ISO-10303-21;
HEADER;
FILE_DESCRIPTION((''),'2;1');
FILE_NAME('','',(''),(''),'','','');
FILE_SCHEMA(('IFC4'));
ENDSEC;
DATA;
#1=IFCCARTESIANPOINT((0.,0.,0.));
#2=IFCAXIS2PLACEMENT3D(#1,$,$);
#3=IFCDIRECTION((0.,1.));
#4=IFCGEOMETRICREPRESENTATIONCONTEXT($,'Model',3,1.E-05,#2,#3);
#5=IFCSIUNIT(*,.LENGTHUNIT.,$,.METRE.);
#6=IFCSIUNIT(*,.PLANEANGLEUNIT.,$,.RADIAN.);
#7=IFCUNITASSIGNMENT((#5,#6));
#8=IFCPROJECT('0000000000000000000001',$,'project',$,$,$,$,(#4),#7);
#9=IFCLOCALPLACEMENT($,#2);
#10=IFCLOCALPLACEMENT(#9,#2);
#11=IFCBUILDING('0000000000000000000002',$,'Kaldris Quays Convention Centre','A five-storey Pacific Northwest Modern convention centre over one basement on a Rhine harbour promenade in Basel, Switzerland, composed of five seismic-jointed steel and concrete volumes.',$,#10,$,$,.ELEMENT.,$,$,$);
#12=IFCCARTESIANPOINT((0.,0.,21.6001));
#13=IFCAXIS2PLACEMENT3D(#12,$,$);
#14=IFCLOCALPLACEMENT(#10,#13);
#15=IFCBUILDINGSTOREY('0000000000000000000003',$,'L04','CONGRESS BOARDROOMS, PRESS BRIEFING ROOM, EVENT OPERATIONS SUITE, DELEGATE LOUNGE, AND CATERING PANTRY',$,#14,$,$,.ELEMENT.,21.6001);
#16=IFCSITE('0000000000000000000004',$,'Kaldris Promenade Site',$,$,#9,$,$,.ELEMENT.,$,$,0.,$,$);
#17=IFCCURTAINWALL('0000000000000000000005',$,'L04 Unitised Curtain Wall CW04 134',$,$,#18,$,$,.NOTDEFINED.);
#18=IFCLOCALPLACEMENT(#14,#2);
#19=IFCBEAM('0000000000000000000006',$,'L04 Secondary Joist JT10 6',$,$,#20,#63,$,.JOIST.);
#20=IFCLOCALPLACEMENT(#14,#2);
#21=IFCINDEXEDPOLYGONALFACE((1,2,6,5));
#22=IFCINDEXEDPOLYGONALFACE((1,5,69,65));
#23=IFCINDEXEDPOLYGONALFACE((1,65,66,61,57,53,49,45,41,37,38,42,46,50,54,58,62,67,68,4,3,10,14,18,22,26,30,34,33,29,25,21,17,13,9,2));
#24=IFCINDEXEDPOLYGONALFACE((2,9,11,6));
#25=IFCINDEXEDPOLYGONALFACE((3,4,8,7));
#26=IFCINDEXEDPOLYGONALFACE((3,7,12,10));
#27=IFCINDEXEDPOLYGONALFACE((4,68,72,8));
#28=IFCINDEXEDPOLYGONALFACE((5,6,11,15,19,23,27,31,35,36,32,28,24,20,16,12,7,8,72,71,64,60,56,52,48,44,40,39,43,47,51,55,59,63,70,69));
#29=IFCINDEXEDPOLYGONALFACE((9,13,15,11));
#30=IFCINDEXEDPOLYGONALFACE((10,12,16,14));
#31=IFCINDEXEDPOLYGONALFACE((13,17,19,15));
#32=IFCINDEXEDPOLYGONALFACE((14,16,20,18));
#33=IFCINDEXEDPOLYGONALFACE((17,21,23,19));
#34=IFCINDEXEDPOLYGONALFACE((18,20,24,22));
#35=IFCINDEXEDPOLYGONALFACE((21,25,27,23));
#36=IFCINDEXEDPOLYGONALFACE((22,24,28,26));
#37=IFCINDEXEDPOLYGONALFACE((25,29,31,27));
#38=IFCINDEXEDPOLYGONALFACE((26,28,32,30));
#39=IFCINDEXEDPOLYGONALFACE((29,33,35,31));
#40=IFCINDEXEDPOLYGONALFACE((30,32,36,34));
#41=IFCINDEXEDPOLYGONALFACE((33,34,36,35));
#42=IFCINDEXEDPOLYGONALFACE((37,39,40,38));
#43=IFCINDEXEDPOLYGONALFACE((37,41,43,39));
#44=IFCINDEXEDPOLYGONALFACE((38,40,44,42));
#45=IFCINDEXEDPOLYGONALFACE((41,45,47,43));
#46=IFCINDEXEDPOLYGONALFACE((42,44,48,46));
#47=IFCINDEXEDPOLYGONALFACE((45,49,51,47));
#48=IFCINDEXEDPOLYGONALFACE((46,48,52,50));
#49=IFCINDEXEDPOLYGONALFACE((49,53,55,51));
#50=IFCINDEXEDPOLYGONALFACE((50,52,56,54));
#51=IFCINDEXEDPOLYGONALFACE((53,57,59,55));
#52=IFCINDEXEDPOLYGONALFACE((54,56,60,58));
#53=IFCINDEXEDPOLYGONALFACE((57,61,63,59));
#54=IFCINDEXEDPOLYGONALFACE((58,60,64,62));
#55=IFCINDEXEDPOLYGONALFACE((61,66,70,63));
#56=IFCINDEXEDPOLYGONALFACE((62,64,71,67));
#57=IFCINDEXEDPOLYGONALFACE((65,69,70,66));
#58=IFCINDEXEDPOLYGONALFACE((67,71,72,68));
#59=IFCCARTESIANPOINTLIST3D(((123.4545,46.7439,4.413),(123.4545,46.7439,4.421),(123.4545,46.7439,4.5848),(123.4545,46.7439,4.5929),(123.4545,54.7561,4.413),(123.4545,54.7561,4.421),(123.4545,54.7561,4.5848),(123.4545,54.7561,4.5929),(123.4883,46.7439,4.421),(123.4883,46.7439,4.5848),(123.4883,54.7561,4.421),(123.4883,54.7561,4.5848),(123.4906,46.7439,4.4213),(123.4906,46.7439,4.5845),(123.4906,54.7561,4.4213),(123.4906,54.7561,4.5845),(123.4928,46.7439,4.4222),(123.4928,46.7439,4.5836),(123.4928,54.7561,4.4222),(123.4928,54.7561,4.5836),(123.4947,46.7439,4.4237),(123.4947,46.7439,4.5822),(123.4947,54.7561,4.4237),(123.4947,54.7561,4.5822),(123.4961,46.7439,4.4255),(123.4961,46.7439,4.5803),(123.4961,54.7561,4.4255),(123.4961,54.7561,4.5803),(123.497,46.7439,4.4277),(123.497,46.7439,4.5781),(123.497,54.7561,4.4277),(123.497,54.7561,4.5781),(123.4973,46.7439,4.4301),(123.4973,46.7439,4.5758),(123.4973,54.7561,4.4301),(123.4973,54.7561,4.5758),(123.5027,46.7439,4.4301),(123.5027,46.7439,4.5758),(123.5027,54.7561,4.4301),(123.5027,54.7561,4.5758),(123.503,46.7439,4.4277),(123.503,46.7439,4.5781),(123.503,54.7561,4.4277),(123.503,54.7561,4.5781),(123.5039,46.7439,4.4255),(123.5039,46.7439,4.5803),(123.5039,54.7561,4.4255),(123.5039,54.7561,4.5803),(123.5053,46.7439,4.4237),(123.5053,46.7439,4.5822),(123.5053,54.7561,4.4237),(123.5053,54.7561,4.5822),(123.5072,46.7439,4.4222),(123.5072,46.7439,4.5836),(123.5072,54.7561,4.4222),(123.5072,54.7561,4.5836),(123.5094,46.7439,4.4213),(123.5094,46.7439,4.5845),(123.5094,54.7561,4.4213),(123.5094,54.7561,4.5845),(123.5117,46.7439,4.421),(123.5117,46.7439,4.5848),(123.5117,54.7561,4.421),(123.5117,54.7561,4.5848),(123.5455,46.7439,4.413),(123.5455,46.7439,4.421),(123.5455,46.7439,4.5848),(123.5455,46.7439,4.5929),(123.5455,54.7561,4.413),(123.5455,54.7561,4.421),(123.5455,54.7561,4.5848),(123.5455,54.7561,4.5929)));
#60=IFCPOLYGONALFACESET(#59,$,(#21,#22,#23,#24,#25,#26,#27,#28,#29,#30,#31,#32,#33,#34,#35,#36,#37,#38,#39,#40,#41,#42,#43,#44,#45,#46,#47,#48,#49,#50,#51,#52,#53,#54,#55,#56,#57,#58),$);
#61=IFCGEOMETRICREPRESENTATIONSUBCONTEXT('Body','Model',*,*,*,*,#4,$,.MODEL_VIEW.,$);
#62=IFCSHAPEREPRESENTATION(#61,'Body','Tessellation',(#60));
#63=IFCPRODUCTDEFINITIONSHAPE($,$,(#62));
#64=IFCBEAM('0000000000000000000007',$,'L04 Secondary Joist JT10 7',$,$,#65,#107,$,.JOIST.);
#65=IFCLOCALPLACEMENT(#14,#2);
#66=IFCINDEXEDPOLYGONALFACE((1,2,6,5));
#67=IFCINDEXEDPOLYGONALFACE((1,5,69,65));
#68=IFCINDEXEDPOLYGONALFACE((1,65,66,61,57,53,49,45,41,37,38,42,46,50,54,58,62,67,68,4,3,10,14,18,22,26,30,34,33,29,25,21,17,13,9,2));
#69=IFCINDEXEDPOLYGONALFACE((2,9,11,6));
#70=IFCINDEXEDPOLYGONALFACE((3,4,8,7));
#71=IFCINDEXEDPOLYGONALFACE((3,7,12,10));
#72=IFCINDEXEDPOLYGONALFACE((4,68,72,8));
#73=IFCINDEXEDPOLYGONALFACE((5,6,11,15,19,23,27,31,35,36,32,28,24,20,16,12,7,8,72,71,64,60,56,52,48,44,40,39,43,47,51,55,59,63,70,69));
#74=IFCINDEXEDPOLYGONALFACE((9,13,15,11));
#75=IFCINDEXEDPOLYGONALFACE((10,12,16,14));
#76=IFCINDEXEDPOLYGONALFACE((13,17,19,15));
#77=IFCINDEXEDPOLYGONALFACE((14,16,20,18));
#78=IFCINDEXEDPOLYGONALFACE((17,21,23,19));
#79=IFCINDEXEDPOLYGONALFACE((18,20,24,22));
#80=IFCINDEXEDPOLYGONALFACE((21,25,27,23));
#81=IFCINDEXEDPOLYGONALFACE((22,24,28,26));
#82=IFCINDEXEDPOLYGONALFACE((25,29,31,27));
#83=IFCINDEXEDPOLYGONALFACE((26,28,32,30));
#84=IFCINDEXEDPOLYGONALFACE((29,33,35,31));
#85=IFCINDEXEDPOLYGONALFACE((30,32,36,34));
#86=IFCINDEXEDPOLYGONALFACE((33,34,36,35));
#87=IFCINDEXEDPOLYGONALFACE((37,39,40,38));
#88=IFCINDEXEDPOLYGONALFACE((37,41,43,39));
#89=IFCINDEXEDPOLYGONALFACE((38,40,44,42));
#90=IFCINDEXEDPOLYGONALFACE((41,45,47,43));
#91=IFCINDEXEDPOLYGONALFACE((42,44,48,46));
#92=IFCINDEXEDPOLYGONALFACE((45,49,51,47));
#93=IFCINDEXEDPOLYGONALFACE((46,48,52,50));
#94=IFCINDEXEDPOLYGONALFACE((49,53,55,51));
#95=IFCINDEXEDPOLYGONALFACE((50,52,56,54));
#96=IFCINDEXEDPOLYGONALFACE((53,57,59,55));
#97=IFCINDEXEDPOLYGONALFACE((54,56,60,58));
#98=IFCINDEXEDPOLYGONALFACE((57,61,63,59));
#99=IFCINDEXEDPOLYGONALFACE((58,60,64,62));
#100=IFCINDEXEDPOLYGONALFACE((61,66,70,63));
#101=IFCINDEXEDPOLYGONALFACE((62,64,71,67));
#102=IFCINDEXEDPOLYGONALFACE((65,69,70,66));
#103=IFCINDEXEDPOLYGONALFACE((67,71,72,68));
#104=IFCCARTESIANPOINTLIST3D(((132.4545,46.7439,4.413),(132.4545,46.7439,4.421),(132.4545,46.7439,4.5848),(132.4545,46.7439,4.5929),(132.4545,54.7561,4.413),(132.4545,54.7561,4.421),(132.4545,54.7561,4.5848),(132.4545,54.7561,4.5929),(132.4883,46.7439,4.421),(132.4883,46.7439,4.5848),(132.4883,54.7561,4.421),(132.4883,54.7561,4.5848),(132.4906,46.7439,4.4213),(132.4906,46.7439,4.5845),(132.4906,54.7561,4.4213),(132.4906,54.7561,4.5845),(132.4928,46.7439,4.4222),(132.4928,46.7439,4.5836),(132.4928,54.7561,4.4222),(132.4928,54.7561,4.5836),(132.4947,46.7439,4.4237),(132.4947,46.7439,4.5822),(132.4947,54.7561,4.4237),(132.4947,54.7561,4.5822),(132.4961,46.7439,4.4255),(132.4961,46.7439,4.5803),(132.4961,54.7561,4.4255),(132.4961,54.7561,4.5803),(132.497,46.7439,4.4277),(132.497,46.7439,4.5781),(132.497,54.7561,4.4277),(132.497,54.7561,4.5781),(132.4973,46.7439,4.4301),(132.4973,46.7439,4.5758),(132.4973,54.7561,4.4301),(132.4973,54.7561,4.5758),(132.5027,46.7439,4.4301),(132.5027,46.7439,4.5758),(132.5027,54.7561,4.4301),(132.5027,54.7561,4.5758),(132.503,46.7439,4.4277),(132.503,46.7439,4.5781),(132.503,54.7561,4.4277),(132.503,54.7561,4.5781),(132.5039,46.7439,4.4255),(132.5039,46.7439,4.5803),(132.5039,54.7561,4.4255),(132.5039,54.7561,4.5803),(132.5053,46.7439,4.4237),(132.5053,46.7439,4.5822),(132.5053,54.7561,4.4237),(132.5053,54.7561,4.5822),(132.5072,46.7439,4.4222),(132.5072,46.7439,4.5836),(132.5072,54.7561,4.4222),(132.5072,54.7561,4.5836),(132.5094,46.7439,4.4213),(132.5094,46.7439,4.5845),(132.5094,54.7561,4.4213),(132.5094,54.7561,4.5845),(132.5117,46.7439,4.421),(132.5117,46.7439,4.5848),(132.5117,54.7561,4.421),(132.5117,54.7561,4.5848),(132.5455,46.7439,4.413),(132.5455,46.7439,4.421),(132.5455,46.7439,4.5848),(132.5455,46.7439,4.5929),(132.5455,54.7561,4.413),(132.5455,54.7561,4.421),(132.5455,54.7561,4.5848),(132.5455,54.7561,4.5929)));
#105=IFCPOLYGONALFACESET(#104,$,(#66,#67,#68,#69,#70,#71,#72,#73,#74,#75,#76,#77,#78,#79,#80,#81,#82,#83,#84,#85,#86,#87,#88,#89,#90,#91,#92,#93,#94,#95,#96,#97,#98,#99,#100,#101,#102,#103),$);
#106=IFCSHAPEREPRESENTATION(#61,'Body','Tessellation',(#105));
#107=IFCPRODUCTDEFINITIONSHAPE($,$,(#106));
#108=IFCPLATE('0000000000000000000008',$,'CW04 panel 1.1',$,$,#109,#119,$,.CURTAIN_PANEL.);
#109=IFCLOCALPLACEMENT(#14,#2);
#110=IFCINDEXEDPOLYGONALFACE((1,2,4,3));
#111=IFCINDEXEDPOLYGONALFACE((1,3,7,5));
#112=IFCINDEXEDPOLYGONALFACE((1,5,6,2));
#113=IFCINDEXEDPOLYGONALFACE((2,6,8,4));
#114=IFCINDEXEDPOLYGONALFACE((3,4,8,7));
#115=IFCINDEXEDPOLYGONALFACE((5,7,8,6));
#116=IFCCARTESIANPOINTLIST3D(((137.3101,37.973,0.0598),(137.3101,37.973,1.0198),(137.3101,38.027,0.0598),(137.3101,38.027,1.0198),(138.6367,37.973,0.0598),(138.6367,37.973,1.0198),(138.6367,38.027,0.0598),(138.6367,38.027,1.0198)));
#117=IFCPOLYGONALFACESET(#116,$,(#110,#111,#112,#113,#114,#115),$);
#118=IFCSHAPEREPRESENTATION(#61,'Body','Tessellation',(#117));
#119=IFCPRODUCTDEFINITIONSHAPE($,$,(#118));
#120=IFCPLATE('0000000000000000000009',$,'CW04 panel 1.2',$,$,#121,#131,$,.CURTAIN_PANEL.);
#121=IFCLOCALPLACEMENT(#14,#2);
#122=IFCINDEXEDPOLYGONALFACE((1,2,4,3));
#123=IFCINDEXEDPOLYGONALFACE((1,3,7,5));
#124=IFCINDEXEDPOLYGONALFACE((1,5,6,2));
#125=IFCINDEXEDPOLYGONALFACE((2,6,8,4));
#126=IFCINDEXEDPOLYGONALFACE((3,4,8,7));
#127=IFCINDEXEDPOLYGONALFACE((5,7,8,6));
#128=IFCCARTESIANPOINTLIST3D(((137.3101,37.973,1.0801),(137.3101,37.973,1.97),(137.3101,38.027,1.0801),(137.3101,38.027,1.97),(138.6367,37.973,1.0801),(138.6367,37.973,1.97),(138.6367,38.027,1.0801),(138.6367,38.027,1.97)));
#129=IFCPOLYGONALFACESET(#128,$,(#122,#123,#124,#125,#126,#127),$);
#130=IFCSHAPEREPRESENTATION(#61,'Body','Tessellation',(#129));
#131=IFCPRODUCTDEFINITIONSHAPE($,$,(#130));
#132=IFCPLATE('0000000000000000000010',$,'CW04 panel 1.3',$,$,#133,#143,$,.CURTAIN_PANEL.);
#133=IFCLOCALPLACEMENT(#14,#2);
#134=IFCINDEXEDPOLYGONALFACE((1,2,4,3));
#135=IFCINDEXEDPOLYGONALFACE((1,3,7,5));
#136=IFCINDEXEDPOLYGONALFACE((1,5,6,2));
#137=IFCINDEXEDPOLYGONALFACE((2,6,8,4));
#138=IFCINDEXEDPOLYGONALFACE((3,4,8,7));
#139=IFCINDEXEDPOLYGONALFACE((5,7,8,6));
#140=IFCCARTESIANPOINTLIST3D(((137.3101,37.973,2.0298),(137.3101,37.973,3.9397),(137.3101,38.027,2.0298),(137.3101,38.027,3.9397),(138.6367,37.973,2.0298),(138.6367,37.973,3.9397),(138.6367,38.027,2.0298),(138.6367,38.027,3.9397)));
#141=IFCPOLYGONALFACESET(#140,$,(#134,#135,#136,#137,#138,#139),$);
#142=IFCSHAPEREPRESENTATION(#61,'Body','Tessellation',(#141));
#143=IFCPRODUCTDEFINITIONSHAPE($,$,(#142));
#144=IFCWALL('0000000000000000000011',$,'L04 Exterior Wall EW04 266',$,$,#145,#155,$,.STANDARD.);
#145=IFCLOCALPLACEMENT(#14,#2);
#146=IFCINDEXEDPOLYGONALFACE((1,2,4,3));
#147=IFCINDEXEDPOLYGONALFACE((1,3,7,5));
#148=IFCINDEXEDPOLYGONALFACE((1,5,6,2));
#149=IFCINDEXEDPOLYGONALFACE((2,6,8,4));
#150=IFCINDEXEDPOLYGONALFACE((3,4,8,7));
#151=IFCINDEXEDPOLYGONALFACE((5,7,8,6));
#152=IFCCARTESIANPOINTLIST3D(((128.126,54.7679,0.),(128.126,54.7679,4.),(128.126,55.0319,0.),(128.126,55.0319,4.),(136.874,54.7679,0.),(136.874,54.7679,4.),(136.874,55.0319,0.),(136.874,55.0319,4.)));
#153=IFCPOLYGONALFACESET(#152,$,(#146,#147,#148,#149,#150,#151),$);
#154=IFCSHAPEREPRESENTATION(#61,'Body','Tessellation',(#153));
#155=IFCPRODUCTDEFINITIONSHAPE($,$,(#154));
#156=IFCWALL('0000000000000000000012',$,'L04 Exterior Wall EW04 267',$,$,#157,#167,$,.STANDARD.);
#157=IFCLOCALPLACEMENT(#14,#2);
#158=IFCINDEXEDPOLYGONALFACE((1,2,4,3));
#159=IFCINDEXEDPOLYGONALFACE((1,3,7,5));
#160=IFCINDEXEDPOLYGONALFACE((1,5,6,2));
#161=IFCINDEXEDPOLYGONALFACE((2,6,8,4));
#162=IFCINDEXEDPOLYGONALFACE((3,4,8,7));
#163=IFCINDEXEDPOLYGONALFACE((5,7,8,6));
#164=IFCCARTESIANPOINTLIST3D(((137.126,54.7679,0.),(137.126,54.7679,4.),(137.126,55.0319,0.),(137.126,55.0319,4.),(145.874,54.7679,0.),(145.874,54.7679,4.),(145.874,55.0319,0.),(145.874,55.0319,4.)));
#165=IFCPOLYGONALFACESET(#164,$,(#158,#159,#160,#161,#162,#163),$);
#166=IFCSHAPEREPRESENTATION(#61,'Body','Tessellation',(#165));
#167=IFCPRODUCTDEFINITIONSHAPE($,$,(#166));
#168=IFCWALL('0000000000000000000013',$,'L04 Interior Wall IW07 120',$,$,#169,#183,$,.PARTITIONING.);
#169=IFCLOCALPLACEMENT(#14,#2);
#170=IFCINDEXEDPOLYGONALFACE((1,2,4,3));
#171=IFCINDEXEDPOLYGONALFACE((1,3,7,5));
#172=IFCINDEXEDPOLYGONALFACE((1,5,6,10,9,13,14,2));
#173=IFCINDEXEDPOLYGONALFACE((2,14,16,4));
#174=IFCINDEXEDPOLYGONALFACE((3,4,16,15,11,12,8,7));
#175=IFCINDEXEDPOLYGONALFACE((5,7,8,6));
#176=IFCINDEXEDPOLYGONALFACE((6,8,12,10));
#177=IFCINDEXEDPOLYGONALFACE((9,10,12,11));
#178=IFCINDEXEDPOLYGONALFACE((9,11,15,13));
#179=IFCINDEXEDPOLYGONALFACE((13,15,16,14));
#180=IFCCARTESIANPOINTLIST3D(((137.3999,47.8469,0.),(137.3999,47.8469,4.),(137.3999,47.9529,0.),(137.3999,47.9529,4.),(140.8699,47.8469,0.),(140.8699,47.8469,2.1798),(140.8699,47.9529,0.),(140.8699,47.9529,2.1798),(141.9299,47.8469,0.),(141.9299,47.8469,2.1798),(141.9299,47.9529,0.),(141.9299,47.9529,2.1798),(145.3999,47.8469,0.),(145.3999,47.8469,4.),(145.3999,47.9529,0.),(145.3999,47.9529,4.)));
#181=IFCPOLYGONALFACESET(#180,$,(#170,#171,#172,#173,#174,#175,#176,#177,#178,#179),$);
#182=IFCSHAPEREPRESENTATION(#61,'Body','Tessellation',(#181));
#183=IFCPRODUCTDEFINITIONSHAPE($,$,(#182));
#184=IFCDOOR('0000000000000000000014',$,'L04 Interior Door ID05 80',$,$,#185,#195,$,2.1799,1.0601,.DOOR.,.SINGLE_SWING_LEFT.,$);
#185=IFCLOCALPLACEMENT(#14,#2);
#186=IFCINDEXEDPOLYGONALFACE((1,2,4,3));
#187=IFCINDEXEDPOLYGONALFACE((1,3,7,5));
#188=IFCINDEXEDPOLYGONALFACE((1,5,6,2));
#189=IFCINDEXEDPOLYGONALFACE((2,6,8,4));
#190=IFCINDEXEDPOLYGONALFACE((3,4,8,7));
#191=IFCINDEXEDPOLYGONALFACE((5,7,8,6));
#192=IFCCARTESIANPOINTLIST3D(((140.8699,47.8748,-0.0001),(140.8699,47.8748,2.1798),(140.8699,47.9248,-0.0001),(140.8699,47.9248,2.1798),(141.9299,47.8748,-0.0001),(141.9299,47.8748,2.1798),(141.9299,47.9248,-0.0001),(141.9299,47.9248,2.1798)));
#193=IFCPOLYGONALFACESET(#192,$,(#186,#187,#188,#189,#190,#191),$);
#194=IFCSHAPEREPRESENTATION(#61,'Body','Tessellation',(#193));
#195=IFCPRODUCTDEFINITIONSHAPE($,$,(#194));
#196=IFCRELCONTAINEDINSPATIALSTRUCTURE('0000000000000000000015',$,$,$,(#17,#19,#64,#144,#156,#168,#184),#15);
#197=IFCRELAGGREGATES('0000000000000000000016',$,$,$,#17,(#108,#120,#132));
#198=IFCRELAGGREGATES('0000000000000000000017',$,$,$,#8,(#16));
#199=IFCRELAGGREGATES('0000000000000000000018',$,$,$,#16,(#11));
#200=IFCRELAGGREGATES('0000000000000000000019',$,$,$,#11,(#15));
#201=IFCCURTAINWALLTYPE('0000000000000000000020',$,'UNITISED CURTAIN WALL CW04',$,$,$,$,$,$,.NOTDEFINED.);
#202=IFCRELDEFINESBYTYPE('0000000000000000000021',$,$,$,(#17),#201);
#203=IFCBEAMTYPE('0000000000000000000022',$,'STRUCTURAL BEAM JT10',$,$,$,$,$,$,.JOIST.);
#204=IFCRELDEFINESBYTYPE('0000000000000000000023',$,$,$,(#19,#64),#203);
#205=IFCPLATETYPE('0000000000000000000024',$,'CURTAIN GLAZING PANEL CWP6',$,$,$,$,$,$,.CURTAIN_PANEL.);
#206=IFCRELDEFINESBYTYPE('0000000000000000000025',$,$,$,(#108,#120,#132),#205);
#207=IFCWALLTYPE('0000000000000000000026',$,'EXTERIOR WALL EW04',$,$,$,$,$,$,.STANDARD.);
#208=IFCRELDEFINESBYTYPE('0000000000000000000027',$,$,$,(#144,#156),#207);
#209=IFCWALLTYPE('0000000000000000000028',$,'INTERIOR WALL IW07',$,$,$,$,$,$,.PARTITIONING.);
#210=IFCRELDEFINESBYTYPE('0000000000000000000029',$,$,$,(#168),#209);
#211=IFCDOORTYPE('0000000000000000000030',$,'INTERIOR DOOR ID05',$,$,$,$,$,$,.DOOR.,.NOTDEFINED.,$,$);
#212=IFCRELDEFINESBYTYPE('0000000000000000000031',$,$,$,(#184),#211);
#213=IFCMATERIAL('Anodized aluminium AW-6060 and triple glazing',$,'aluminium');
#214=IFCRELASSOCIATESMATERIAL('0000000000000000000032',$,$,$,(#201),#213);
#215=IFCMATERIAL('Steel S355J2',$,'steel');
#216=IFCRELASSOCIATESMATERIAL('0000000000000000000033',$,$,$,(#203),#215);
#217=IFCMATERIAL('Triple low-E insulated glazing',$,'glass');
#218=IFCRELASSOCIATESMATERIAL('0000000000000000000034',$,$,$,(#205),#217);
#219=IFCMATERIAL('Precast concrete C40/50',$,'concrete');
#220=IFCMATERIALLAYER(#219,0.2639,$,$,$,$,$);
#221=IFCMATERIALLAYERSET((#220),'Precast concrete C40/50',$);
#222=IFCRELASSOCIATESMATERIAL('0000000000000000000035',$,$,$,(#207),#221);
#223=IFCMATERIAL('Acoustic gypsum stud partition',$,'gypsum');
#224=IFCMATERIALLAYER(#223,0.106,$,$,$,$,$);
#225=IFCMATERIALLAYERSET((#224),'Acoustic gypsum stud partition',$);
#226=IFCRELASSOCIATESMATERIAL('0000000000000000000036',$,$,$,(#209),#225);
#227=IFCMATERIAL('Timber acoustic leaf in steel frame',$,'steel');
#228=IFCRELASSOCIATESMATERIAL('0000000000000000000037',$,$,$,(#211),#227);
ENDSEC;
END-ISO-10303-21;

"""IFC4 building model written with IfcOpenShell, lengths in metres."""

from ifc_helpers import new_model, si_unit, direction, frame, frame_2d, origin, origin_2d, place, context, subcontext, project, spatial, rectangle, i_section, extrude, material, layer, layer_set, material_profile, profile_set, type_object, element, fill, aggregate, save


model = new_model("IFC4")

# Units and contexts
model_context = context("Model", 3, precision=1e-05, world=origin(), true_north=direction((0.0, 1.0)))
body_context = subcontext(model_context, "Body", "Model", "MODEL_VIEW")
ifc_project = project(units=[si_unit("LENGTHUNIT", "METRE"), si_unit("PLANEANGLEUNIT", "RADIAN")], contexts=[model_context])

# Site, building, storey
site_placement = place(None, origin())
site = spatial("IfcSite", under=ifc_project, at=site_placement, Name="Kaldris Promenade Site", CompositionType="ELEMENT", RefElevation=0.0)
building_placement = place(site_placement, origin())
building = spatial("IfcBuilding", under=site, at=building_placement, Name="Kaldris Quays Convention Centre", Description="A five-storey Pacific Northwest Modern convention centre over one basement on a Rhine harbour promenade in Basel, Switzerland, composed of five seismic-jointed steel and concrete volumes.", CompositionType="ELEMENT")
storey_placement = place(building_placement, frame((0.0, 0.0, 21.6001)))
storey = spatial("IfcBuildingStorey", under=building, at=storey_placement, Name="L04", Description="CONGRESS BOARDROOMS, PRESS BRIEFING ROOM, EVENT OPERATIONS SUITE, DELEGATE LOUNGE, AND CATERING PANTRY", CompositionType="ELEMENT", Elevation=21.6001)

# Shared definitions
ifc_material_1 = material(Name="Steel S355J2", Category="steel")

# Curtain wall
ifc_material_2 = material(Name="Anodized aluminium AW-6060 and triple glazing", Category="aluminium")
curtain_wall_type = type_object("IfcCurtainWallType", Name="UNITISED CURTAIN WALL CW04", PredefinedType="NOTDEFINED", material=ifc_material_2)
curtain_wall_placement = place(storey_placement, origin())
curtain_wall = element("IfcCurtainWall", 1, at=curtain_wall_placement, inside=storey, type_object=curtain_wall_type, Name="L04 Unitised Curtain Wall CW04 134", PredefinedType="NOTDEFINED")

# Beams
ifc_material_profile_1 = material_profile(ifc_material_1, i_section(OverallWidth=0.0911, OverallDepth=0.1799, WebThickness=0.0054, FlangeThickness=0.0081, FilletRadius=0.009, at=origin_2d()), Name="IPE 180")
ifc_profile_set_1 = profile_set([ifc_material_profile_1], Name="Steel S355J2")
beam_type_1 = type_object("IfcBeamType", Name="STRUCTURAL BEAM JT10", PredefinedType="JOIST", material=ifc_profile_set_1)
for number, where, z_axis, x_axis, name in (
    (2, (123.5, 46.7439, 4.5029), (0.0, 1.0, 0.0), (-1.0, 0.0, 0.0), "L04 Secondary Joist JT10 6"),
    (3, (132.5, 46.7439, 4.5029), (0.0, 1.0, 0.0), (-1.0, 0.0, 0.0), "L04 Secondary Joist JT10 7"),
):
    element("IfcBeam", number, at=place(storey_placement, frame(where, z_axis=z_axis, x_axis=x_axis)), inside=storey, type_object=beam_type_1, Name=name, PredefinedType="JOIST", context=body_context, shape_type="SweptSolid", body=[
        extrude(i_section(OverallWidth=0.0911, OverallDepth=0.1799, WebThickness=0.0054, FlangeThickness=0.0081, FilletRadius=0.009, at=origin_2d()), origin(), (0.0, 0.0, 1.0), 8.0122),
    ])

# Plates
ifc_material_3 = material(Name="Triple low-E insulated glazing", Category="glass")
plate_type = type_object("IfcPlateType", Name="CURTAIN GLAZING PANEL CWP6", PredefinedType="CURTAIN_PANEL", material=ifc_material_3)
plate_1_placement = place(storey_placement, frame((137.9734, 38.0, 0.0598), z_axis=(0.0, 0.0, 1.0), x_axis=(1.0, 0.0, 0.0)))
plate_1 = element("IfcPlate", 4, at=plate_1_placement, type_object=plate_type, Name="CW04 panel 1.1", PredefinedType="CURTAIN_PANEL", context=body_context, shape_type="SweptSolid", body=[
    extrude(rectangle(XDim=1.3267, YDim=0.054, at=origin_2d()), origin(), (0.0, 0.0, 1.0), 0.96),
])
plate_2_placement = place(storey_placement, frame((137.9734, 38.0, 1.0801), z_axis=(0.0, 0.0, 1.0), x_axis=(1.0, 0.0, 0.0)))
plate_2 = element("IfcPlate", 5, at=plate_2_placement, type_object=plate_type, Name="CW04 panel 1.2", PredefinedType="CURTAIN_PANEL", context=body_context, shape_type="SweptSolid", body=[
    extrude(rectangle(XDim=1.3267, YDim=0.054, at=origin_2d()), origin(), (0.0, 0.0, 1.0), 0.8899),
])
plate_3_placement = place(storey_placement, frame((137.9734, 38.0, 2.0298), z_axis=(0.0, 0.0, 1.0), x_axis=(1.0, 0.0, 0.0)))
plate_3 = element("IfcPlate", 6, at=plate_3_placement, type_object=plate_type, Name="CW04 panel 1.3", PredefinedType="CURTAIN_PANEL", context=body_context, shape_type="SweptSolid", body=[
    extrude(rectangle(XDim=1.3267, YDim=0.054, at=origin_2d()), origin(), (0.0, 0.0, 1.0), 1.9099),
])
aggregate(curtain_wall, [plate_1, plate_2, plate_3])

# Walls
ifc_material_4 = material(Name="Precast concrete C40/50", Category="concrete")
ifc_layer_1 = layer(ifc_material_4, 0.2639)
ifc_layer_set_1 = layer_set([ifc_layer_1], Name="Precast concrete C40/50")
wall_type_1 = type_object("IfcWallType", Name="EXTERIOR WALL EW04", PredefinedType="STANDARD", material=ifc_layer_set_1)
for number, where, z_axis, x_axis, name in (
    (7, (128.126, 54.8999, 0.0), (0.0, 0.0, 1.0), (1.0, 0.0, 0.0), "L04 Exterior Wall EW04 266"),
    (8, (137.126, 54.8999, 0.0), (0.0, 0.0, 1.0), (1.0, 0.0, 0.0), "L04 Exterior Wall EW04 267"),
):
    element("IfcWall", number, at=place(storey_placement, frame(where, z_axis=z_axis, x_axis=x_axis)), inside=storey, type_object=wall_type_1, Name=name, PredefinedType="STANDARD", context=body_context, shape_type="SweptSolid", body=[
        extrude(rectangle(XDim=8.748, YDim=0.2639, at=frame_2d((4.374, 0.0))), origin(), (0.0, 0.0, 1.0), 4.0),
    ])

# Wall, opening, door
ifc_material_5 = material(Name="Acoustic gypsum stud partition", Category="gypsum")
ifc_layer_2 = layer(ifc_material_5, 0.106)
ifc_layer_set_2 = layer_set([ifc_layer_2], Name="Acoustic gypsum stud partition")
wall_type_2 = type_object("IfcWallType", Name="INTERIOR WALL IW07", PredefinedType="PARTITIONING", material=ifc_layer_set_2)
wall_1_placement = place(storey_placement, frame((137.3999, 47.8999, 0.0), z_axis=(0.0, 0.0, 1.0), x_axis=(1.0, 0.0, 0.0)))
wall_1 = element("IfcWall", 9, at=wall_1_placement, inside=storey, type_object=wall_type_2, Name="L04 Interior Wall IW07 120", PredefinedType="PARTITIONING", context=body_context, shape_type="SweptSolid", body=[
    extrude(rectangle(XDim=8.0, YDim=0.106, at=frame_2d((4.0, 0.0))), origin(), (0.0, 0.0, 1.0), 4.0),
])
opening_1_placement = place(wall_1_placement, frame((3.47, 0.0, 0.0)))
opening_1 = element("IfcOpeningElement", 10, at=opening_1_placement, cuts=wall_1, PredefinedType="OPENING", context=body_context, shape_type="SweptSolid", body=[
    extrude(rectangle(XDim=1.0601, YDim=2.1799, at=frame_2d((0.53, 1.0898))), frame((0.0, 0.063, 0.0), z_axis=(0.0, -1.0, 0.0), x_axis=(1.0, 0.0, 0.0)), (0.0, 0.0, 1.0), 0.126),
])
ifc_material_6 = material(Name="Timber acoustic leaf in steel frame", Category="steel")
door_type_1 = type_object("IfcDoorType", Name="INTERIOR DOOR ID05", OperationType="NOTDEFINED", PredefinedType="DOOR", material=ifc_material_6)
door_1_placement = place(opening_1_placement, origin())
door_1 = element("IfcDoor", 11, at=door_1_placement, inside=storey, type_object=door_type_1, Name="L04 Interior Door ID05 80", OperationType="SINGLE_SWING_LEFT", OverallHeight=2.1799, OverallWidth=1.0601, PredefinedType="DOOR", context=body_context, shape_type="SweptSolid", body=[
    extrude(rectangle(XDim=1.0601, YDim=2.1799, at=frame_2d((0.53, 1.0898))), frame((0.0, 0.0249, 0.0), z_axis=(0.0, -1.0, 0.0), x_axis=(1.0, 0.0, 0.0)), (0.0, 0.0, 1.0), 0.05),
])
fill(opening_1, door_1)

save(model, "model.ifc")
